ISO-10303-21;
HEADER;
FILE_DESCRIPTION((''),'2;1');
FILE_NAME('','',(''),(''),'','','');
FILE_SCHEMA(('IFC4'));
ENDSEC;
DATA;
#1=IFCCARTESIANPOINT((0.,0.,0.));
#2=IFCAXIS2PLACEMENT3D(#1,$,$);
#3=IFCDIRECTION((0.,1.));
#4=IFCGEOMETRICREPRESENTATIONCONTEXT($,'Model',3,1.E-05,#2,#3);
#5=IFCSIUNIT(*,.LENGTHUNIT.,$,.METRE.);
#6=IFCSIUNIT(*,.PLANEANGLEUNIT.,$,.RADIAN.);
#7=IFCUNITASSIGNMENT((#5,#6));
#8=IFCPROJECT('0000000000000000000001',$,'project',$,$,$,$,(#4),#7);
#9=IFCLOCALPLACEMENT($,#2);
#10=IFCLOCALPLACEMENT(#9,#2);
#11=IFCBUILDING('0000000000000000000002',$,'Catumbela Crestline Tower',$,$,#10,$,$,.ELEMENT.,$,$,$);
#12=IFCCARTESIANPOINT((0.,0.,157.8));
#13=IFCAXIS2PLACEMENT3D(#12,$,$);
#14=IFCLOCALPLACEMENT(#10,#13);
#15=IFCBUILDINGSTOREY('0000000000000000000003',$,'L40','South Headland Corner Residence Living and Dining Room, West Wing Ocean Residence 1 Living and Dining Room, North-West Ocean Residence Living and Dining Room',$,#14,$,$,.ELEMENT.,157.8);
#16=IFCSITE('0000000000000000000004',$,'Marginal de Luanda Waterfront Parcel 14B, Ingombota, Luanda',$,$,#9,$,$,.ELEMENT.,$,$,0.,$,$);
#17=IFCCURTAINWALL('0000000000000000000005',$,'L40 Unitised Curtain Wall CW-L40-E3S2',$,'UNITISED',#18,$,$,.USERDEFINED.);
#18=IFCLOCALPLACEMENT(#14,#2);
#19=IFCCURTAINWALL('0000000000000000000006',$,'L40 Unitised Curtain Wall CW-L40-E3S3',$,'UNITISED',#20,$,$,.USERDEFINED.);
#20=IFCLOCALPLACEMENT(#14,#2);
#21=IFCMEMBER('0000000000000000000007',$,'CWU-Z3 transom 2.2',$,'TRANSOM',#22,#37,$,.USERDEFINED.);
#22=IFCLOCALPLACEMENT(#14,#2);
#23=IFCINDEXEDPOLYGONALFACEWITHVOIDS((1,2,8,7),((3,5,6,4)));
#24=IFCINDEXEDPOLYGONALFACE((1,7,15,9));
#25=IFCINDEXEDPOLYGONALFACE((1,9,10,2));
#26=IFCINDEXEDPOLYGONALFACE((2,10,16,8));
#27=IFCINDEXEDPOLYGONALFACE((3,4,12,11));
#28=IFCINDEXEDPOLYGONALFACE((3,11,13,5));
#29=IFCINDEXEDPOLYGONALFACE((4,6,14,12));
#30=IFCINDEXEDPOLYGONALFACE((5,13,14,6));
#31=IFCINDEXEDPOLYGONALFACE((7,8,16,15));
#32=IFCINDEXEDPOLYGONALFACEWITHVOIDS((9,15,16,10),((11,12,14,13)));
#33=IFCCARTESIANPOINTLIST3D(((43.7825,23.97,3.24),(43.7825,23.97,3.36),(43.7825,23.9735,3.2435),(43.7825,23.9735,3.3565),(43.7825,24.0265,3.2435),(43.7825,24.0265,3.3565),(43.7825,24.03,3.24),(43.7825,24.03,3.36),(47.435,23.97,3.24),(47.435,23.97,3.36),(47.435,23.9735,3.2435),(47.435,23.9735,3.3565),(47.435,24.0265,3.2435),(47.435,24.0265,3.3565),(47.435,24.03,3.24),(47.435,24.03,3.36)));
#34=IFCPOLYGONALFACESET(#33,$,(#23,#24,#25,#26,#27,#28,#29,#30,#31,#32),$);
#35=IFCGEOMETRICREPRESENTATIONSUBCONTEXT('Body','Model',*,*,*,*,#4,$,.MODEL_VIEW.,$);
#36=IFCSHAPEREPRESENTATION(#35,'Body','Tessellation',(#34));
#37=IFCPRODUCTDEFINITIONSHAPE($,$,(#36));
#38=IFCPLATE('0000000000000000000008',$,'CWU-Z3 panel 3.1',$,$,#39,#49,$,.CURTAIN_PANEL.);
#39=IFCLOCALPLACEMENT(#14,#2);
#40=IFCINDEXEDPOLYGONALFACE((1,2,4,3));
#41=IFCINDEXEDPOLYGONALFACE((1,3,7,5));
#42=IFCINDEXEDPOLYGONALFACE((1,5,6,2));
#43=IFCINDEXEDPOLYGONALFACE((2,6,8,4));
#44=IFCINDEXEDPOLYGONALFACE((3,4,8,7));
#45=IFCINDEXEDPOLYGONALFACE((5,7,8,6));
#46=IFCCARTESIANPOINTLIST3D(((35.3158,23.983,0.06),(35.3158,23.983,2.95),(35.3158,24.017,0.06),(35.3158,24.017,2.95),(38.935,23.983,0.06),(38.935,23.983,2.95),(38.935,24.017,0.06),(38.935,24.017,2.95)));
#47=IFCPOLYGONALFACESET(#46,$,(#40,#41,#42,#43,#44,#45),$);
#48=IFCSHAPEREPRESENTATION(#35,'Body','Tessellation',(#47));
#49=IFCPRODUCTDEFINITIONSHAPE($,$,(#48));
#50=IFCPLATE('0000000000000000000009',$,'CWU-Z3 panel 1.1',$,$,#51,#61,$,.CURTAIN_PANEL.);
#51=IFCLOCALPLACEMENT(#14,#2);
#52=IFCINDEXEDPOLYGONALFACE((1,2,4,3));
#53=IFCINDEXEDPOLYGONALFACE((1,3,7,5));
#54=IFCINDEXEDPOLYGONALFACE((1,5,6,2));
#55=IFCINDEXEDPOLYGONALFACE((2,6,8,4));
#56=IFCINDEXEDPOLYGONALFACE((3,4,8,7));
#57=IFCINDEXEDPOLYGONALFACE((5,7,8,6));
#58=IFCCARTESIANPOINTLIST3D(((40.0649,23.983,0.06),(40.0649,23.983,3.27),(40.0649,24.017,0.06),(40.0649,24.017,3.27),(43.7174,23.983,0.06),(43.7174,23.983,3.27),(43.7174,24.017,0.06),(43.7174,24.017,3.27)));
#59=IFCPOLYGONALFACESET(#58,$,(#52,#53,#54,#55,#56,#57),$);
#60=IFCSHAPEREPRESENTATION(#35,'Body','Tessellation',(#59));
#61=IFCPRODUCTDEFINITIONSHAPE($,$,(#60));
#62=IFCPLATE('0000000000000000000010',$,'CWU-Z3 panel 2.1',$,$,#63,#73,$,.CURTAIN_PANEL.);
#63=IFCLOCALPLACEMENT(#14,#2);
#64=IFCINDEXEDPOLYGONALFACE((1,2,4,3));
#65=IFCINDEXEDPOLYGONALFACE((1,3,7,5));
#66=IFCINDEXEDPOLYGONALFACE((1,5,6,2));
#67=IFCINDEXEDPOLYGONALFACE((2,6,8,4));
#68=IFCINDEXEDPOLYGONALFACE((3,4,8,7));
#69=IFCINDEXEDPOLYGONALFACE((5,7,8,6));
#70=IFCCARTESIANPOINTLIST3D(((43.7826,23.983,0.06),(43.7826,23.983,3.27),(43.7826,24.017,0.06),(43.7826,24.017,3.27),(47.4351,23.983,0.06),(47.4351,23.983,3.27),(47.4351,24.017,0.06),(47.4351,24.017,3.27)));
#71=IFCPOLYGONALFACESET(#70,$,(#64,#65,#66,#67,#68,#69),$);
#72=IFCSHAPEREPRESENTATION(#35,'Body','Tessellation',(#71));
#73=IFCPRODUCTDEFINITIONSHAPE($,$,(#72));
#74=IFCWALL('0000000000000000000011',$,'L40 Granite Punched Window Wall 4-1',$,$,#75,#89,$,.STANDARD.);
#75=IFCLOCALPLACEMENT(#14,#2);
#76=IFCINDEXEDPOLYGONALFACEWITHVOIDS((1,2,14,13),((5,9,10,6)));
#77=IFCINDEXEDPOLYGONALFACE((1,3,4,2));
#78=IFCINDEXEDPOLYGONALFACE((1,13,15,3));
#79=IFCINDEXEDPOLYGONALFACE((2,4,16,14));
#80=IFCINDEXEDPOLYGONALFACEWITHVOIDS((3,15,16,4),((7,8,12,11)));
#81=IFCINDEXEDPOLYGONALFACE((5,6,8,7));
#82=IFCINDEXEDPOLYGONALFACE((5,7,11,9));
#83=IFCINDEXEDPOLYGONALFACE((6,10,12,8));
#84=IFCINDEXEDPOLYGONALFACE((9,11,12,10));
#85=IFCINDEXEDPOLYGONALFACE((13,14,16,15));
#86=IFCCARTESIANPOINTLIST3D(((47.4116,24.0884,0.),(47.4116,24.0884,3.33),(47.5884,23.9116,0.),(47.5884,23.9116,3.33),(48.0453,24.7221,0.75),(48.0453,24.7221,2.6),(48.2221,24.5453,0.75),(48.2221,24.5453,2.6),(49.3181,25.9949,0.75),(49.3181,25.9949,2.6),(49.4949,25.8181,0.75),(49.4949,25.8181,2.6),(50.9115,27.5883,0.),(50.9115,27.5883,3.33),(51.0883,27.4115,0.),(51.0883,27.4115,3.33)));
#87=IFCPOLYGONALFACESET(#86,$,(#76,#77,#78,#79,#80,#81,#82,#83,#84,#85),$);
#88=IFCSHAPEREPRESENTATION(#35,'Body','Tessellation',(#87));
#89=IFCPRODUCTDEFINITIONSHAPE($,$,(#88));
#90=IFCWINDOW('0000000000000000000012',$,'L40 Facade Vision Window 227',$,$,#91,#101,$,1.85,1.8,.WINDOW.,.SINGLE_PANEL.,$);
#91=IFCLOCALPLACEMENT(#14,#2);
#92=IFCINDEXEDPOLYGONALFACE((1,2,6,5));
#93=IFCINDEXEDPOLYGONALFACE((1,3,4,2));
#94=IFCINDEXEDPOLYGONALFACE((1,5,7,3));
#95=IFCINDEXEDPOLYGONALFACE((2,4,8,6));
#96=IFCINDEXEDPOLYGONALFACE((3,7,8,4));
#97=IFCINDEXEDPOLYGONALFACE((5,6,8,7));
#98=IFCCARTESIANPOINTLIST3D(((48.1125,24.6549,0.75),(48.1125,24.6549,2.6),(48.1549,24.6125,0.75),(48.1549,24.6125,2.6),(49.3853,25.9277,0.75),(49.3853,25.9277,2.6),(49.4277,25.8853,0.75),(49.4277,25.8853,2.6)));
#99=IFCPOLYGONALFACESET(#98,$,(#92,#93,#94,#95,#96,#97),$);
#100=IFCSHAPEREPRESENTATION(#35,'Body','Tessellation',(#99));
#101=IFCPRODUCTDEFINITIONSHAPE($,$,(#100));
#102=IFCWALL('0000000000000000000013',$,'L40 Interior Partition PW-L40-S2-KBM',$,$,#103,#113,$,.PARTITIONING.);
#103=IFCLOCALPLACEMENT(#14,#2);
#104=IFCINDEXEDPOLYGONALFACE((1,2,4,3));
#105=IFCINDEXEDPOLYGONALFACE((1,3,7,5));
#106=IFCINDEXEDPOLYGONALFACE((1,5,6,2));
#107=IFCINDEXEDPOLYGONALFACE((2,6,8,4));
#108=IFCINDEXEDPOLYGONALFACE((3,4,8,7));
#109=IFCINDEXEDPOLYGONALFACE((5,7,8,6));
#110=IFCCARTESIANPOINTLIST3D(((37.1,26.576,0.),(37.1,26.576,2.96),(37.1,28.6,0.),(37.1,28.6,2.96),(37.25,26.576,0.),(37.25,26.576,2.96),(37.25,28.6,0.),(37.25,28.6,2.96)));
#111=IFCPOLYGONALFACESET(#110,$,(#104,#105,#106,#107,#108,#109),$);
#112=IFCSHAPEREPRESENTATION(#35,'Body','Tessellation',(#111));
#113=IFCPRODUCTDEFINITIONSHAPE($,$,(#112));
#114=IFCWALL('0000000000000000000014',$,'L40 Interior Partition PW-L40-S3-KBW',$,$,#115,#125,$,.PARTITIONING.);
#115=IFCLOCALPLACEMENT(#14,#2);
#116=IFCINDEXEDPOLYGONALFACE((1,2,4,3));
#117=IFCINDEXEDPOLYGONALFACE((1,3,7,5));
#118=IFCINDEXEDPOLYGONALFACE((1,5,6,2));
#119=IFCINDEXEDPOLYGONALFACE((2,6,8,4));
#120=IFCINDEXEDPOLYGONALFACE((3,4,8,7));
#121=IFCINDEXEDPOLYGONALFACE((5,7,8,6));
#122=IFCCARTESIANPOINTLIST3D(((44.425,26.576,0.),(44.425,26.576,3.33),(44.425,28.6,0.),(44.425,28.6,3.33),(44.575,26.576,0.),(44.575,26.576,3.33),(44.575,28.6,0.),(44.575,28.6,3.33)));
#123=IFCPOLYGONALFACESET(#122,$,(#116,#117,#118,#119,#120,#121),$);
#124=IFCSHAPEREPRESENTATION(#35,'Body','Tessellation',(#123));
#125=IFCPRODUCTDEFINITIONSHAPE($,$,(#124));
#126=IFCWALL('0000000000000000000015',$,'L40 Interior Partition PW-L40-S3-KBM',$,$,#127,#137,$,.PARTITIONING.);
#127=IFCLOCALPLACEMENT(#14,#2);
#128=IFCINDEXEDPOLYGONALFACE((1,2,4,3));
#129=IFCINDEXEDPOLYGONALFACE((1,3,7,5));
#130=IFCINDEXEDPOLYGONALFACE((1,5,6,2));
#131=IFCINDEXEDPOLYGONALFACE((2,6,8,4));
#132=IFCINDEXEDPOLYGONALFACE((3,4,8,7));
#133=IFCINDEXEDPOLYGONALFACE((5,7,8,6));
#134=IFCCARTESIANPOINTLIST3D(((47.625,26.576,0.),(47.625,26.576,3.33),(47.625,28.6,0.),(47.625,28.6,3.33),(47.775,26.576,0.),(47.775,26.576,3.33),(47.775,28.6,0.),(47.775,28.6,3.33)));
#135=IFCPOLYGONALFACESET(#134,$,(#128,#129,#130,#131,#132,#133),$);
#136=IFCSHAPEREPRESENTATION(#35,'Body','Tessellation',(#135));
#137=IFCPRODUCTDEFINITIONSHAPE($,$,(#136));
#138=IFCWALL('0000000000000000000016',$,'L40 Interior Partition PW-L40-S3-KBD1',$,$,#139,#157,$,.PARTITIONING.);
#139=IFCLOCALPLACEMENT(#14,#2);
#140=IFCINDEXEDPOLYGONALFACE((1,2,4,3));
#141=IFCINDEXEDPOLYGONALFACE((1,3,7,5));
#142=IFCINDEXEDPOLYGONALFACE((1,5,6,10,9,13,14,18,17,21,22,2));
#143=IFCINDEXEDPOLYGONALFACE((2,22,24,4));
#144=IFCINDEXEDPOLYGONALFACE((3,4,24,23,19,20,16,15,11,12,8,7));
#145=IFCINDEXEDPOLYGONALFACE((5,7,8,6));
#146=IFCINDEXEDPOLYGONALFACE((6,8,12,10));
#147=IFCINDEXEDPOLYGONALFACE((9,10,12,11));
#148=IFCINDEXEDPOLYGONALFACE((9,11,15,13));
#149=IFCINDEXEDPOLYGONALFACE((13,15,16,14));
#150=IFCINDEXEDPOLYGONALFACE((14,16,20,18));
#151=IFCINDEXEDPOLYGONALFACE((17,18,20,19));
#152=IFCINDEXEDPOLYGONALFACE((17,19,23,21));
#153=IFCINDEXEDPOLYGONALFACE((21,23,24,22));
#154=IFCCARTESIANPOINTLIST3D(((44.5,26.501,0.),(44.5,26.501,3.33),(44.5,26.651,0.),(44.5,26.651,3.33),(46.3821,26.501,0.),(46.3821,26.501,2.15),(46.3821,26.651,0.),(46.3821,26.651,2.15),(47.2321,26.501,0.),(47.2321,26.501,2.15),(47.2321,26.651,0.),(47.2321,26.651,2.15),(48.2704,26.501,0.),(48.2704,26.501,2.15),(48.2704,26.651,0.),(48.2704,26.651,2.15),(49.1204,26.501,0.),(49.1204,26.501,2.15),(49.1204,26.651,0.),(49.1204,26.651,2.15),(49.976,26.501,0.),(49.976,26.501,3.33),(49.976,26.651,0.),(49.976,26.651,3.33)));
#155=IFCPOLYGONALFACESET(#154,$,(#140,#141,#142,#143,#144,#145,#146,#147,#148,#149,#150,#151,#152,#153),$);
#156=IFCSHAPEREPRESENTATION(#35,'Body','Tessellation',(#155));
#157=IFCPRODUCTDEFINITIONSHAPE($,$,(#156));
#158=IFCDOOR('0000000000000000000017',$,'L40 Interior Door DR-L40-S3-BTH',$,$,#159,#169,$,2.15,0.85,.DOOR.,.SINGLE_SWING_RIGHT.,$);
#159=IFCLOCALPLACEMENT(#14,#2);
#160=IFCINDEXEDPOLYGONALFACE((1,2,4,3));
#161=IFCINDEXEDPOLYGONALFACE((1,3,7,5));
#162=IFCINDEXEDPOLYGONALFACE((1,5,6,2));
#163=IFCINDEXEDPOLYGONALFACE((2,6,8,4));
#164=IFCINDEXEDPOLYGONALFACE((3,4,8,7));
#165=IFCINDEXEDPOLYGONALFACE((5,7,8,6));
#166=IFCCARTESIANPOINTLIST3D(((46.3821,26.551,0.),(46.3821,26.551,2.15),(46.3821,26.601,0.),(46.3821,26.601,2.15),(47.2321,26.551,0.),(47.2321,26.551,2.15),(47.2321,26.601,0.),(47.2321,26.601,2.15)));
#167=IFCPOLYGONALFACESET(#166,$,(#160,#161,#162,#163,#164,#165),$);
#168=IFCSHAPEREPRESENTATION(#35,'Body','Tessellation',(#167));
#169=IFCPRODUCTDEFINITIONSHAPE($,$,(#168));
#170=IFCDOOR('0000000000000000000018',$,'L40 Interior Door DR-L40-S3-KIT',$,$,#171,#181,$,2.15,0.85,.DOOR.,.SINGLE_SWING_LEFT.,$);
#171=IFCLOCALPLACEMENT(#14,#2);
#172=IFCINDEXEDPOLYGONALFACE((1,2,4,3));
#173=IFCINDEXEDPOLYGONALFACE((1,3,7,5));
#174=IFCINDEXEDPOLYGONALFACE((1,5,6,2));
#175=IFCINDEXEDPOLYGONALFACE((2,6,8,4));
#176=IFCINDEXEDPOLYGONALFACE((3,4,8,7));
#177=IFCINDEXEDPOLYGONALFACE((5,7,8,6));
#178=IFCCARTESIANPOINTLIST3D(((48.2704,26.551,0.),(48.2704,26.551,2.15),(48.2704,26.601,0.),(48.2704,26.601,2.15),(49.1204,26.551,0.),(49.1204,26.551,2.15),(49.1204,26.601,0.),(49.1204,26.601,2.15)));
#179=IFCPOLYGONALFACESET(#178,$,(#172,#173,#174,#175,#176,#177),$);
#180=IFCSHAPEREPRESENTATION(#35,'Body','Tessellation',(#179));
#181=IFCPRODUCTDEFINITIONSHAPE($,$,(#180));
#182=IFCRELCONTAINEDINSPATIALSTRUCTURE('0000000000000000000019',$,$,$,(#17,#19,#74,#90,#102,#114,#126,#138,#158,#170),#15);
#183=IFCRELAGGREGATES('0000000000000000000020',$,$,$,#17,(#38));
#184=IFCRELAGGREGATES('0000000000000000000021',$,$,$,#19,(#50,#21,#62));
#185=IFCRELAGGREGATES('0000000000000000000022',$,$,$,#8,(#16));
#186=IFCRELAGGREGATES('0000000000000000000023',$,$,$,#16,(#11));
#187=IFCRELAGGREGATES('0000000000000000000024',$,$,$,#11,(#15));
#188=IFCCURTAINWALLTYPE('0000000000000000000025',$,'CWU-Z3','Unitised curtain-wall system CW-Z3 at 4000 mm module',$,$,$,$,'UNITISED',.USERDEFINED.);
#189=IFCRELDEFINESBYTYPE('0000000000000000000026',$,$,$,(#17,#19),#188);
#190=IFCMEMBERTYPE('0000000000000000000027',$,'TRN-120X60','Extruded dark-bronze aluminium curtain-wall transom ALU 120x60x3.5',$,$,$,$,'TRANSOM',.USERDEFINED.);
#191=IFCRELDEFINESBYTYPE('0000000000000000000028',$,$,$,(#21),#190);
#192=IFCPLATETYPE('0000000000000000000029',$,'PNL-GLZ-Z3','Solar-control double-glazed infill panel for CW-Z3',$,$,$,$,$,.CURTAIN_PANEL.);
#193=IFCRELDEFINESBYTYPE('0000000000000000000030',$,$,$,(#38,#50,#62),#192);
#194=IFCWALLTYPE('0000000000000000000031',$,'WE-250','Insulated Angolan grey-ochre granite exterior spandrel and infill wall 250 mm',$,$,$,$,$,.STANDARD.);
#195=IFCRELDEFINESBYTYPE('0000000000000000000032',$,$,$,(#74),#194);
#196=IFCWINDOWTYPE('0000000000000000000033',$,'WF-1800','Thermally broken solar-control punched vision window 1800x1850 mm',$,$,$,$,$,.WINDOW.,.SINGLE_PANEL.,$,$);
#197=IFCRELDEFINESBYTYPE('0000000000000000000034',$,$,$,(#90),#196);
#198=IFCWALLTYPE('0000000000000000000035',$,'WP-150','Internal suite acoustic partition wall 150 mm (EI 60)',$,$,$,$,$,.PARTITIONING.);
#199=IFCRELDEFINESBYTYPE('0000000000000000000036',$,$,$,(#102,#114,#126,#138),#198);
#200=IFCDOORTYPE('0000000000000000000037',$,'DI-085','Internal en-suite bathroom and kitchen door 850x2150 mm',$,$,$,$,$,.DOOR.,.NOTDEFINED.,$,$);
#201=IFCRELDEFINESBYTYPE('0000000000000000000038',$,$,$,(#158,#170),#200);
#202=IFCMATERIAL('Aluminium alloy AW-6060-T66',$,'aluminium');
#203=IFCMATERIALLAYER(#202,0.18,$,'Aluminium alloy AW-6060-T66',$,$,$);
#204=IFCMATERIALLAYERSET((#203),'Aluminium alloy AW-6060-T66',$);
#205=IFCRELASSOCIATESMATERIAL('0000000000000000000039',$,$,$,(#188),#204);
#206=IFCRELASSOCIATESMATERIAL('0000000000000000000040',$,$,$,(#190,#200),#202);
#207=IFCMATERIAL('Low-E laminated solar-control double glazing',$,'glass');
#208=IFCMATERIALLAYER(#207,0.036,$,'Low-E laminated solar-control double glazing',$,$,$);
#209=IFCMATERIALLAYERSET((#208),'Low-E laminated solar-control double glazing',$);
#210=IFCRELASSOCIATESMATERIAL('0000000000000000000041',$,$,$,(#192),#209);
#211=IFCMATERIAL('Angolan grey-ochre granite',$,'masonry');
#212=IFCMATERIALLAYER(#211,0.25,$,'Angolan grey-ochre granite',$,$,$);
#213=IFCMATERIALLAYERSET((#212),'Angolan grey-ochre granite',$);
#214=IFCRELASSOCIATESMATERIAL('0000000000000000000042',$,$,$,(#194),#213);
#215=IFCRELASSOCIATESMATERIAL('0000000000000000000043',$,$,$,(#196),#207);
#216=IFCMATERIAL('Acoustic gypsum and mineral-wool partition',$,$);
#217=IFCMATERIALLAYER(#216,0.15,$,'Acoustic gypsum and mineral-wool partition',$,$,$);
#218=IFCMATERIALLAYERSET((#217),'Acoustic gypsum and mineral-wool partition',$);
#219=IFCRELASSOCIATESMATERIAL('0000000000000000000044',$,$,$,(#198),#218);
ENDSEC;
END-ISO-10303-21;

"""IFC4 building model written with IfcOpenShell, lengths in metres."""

from ifc_helpers import new_model, si_unit, direction, frame, frame_2d, origin, origin_2d, place, context, subcontext, project, spatial, rectangle, hollow_rectangle, extrude, material, layer, layer_set, material_profile, profile_set, type_object, element, fill, aggregate, save


model = new_model("IFC4")

# Units and contexts
model_context = context("Model", 3, precision=1e-05, world=origin(), true_north=direction((0.0, 1.0)))
body_context = subcontext(model_context, "Body", "Model", "MODEL_VIEW")
ifc_project = project(units=[si_unit("LENGTHUNIT", "METRE"), si_unit("PLANEANGLEUNIT", "RADIAN")], contexts=[model_context])

# Site, building, storey
site_placement = place(None, origin())
site = spatial("IfcSite", under=ifc_project, at=site_placement, Name="Marginal de Luanda Waterfront Parcel 14B, Ingombota, Luanda", CompositionType="ELEMENT", RefElevation=0.0)
building_placement = place(site_placement, origin())
building = spatial("IfcBuilding", under=site, at=building_placement, Name="Catumbela Crestline Tower", CompositionType="ELEMENT")
storey_placement = place(building_placement, frame((0.0, 0.0, 157.8)))
storey = spatial("IfcBuildingStorey", under=building, at=storey_placement, Name="L40", Description="South Headland Corner Residence Living and Dining Room, West Wing Ocean Residence 1 Living and Dining Room, North-West Ocean Residence Living and Dining Room", CompositionType="ELEMENT", Elevation=157.8)

# Curtain wall
ifc_material_1 = material(Name="Aluminium alloy AW-6060-T66", Category="aluminium")
ifc_layer_1 = layer(ifc_material_1, 0.18, Name="Aluminium alloy AW-6060-T66")
ifc_layer_set_1 = layer_set([ifc_layer_1], Name="Aluminium alloy AW-6060-T66")
curtain_wall_type = type_object("IfcCurtainWallType", Name="CWU-Z3", Description="Unitised curtain-wall system CW-Z3 at 4000 mm module", ElementType="UNITISED", PredefinedType="USERDEFINED", material=ifc_layer_set_1)
curtain_wall_1_placement = place(storey_placement, origin())
curtain_wall_1 = element("IfcCurtainWall", 1, at=curtain_wall_1_placement, inside=storey, type_object=curtain_wall_type, Name="L40 Unitised Curtain Wall CW-L40-E3S2", ObjectType="UNITISED", PredefinedType="USERDEFINED")

# Curtain wall, member
curtain_wall_2_placement = place(storey_placement, origin())
curtain_wall_2 = element("IfcCurtainWall", 2, at=curtain_wall_2_placement, inside=storey, type_object=curtain_wall_type, Name="L40 Unitised Curtain Wall CW-L40-E3S3", ObjectType="UNITISED", PredefinedType="USERDEFINED")
ifc_material_profile_1 = material_profile(ifc_material_1, hollow_rectangle(XDim=0.06, YDim=0.12, WallThickness=0.0035, at=origin_2d()), Name="ALU 120x60x3.5")
ifc_profile_set_1 = profile_set([ifc_material_profile_1], Name="Aluminium alloy AW-6060-T66")
member_type_1 = type_object("IfcMemberType", Name="TRN-120X60", Description="Extruded dark-bronze aluminium curtain-wall transom ALU 120x60x3.5", ElementType="TRANSOM", PredefinedType="USERDEFINED", material=ifc_profile_set_1)
member_1_placement = place(storey_placement, frame((43.7825, 24.0, 3.3), z_axis=(1.0, 0.0, 0.0), x_axis=(0.0, 1.0, 0.0)))
member_1 = element("IfcMember", 3, at=member_1_placement, type_object=member_type_1, Name="CWU-Z3 transom 2.2", ObjectType="TRANSOM", PredefinedType="USERDEFINED", context=body_context, shape_type="SweptSolid", body=[
    extrude(hollow_rectangle(XDim=0.06, YDim=0.12, WallThickness=0.0035, at=origin_2d()), origin(), (0.0, 0.0, 1.0), 3.6525),
])

# Plates
ifc_material_2 = material(Name="Low-E laminated solar-control double glazing", Category="glass")
ifc_layer_2 = layer(ifc_material_2, 0.036, Name="Low-E laminated solar-control double glazing")
ifc_layer_set_2 = layer_set([ifc_layer_2], Name="Low-E laminated solar-control double glazing")
plate_type = type_object("IfcPlateType", Name="PNL-GLZ-Z3", Description="Solar-control double-glazed infill panel for CW-Z3", PredefinedType="CURTAIN_PANEL", material=ifc_layer_set_2)
plate_1_placement = place(storey_placement, frame((37.1254, 24.0, 0.06), z_axis=(0.0, 0.0, 1.0), x_axis=(1.0, 0.0, 0.0)))
plate_1 = element("IfcPlate", 4, at=plate_1_placement, type_object=plate_type, Name="CWU-Z3 panel 3.1", PredefinedType="CURTAIN_PANEL", context=body_context, shape_type="SweptSolid", body=[
    extrude(rectangle(XDim=3.6192, YDim=0.034, at=origin_2d()), origin(), (0.0, 0.0, 1.0), 2.89),
])
aggregate(curtain_wall_1, [plate_1])
plate_2_placement = place(storey_placement, frame((41.8912, 24.0, 0.06), z_axis=(0.0, 0.0, 1.0), x_axis=(1.0, 0.0, 0.0)))
plate_2 = element("IfcPlate", 5, at=plate_2_placement, type_object=plate_type, Name="CWU-Z3 panel 1.1", PredefinedType="CURTAIN_PANEL", context=body_context, shape_type="SweptSolid", body=[
    extrude(rectangle(XDim=3.6525, YDim=0.034, at=origin_2d()), origin(), (0.0, 0.0, 1.0), 3.21),
])
plate_3_placement = place(storey_placement, frame((45.6088, 24.0, 0.06), z_axis=(0.0, 0.0, 1.0), x_axis=(1.0, 0.0, 0.0)))
plate_3 = element("IfcPlate", 6, at=plate_3_placement, type_object=plate_type, Name="CWU-Z3 panel 2.1", PredefinedType="CURTAIN_PANEL", context=body_context, shape_type="SweptSolid", body=[
    extrude(rectangle(XDim=3.6525, YDim=0.034, at=origin_2d()), origin(), (0.0, 0.0, 1.0), 3.21),
])
aggregate(curtain_wall_2, [plate_2, member_1, plate_3])

# Wall, opening, window
ifc_material_3 = material(Name="Angolan grey-ochre granite", Category="masonry")
ifc_layer_3 = layer(ifc_material_3, 0.25, Name="Angolan grey-ochre granite")
ifc_layer_set_3 = layer_set([ifc_layer_3], Name="Angolan grey-ochre granite")
wall_type_1 = type_object("IfcWallType", Name="WE-250", Description="Insulated Angolan grey-ochre granite exterior spandrel and infill wall 250 mm", PredefinedType="STANDARD", material=ifc_layer_set_3)
wall_1_placement = place(storey_placement, frame((47.5, 24.0, 0.0), z_axis=(0.0, 0.0, 1.0), x_axis=(0.707107, 0.707107, 0.0)))
wall_1 = element("IfcWall", 7, at=wall_1_placement, inside=storey, type_object=wall_type_1, Name="L40 Granite Punched Window Wall 4-1", PredefinedType="STANDARD", context=body_context, shape_type="SweptSolid", body=[
    extrude(rectangle(XDim=4.9497, YDim=0.25, at=frame_2d((2.4748, 0.0))), origin(), (0.0, 0.0, 1.0), 3.33),
])
opening_1_placement = place(wall_1_placement, frame((0.8962, 0.0, 0.75)))
opening_1 = element("IfcOpeningElement", 8, at=opening_1_placement, cuts=wall_1, PredefinedType="OPENING", context=body_context, shape_type="SweptSolid", body=[
    extrude(rectangle(XDim=1.8, YDim=1.85, at=frame_2d((0.9, 0.925))), frame((0.0, 0.135, 0.0), z_axis=(0.0, -1.0, 0.0), x_axis=(1.0, 0.0, 0.0)), (0.0, 0.0, 1.0), 0.27),
])
window_type = type_object("IfcWindowType", Name="WF-1800", Description="Thermally broken solar-control punched vision window 1800x1850 mm", PartitioningType="SINGLE_PANEL", PredefinedType="WINDOW", material=ifc_material_2)
window_placement = place(opening_1_placement, origin())
window = element("IfcWindow", 9, at=window_placement, inside=storey, type_object=window_type, Name="L40 Facade Vision Window 227", OverallHeight=1.85, OverallWidth=1.8, PartitioningType="SINGLE_PANEL", PredefinedType="WINDOW", context=body_context, shape_type="SweptSolid", body=[
    extrude(rectangle(XDim=1.8, YDim=1.85, at=frame_2d((0.9, 0.925))), frame((0.0, 0.03, 0.0), z_axis=(0.0, -1.0, 0.0), x_axis=(1.0, 0.0, 0.0)), (0.0, 0.0, 1.0), 0.06),
])
fill(opening_1, window)

# Walls
ifc_material_4 = material(Name="Acoustic gypsum and mineral-wool partition")
ifc_layer_4 = layer(ifc_material_4, 0.15, Name="Acoustic gypsum and mineral-wool partition")
ifc_layer_set_4 = layer_set([ifc_layer_4], Name="Acoustic gypsum and mineral-wool partition")
wall_type_2 = type_object("IfcWallType", Name="WP-150", Description="Internal suite acoustic partition wall 150 mm (EI 60)", PredefinedType="PARTITIONING", material=ifc_layer_set_4)
wall_2_placement = place(storey_placement, frame((37.175, 26.576, 0.0), z_axis=(0.0, 0.0, 1.0), x_axis=(0.0, 1.0, 0.0)))
element("IfcWall", 10, at=wall_2_placement, inside=storey, type_object=wall_type_2, Name="L40 Interior Partition PW-L40-S2-KBM", PredefinedType="PARTITIONING", context=body_context, shape_type="SweptSolid", body=[
    extrude(rectangle(XDim=2.024, YDim=0.15, at=frame_2d((1.012, 0.0))), origin(), (0.0, 0.0, 1.0), 2.96),
])
for number, where, z_axis, x_axis, name in (
    (11, (44.5, 26.576, 0.0), (0.0, 0.0, 1.0), (0.0, 1.0, 0.0), "L40 Interior Partition PW-L40-S3-KBW"),
    (12, (47.7, 26.576, 0.0), (0.0, 0.0, 1.0), (0.0, 1.0, 0.0), "L40 Interior Partition PW-L40-S3-KBM"),
):
    element("IfcWall", number, at=place(storey_placement, frame(where, z_axis=z_axis, x_axis=x_axis)), inside=storey, type_object=wall_type_2, Name=name, PredefinedType="PARTITIONING", context=body_context, shape_type="SweptSolid", body=[
        extrude(rectangle(XDim=2.024, YDim=0.15, at=frame_2d((1.012, 0.0))), origin(), (0.0, 0.0, 1.0), 3.33),
    ])

# Wall, openings, doors
wall_3_placement = place(storey_placement, frame((44.5, 26.576, 0.0), z_axis=(0.0, 0.0, 1.0), x_axis=(1.0, 0.0, 0.0)))
wall_3 = element("IfcWall", 13, at=wall_3_placement, inside=storey, type_object=wall_type_2, Name="L40 Interior Partition PW-L40-S3-KBD1", PredefinedType="PARTITIONING", context=body_context, shape_type="SweptSolid", body=[
    extrude(rectangle(XDim=5.476, YDim=0.15, at=frame_2d((2.738, 0.0))), origin(), (0.0, 0.0, 1.0), 3.33),
])
opening_2_placement = place(wall_3_placement, frame((1.8821, 0.0, 0.0)))
opening_2 = element("IfcOpeningElement", 14, at=opening_2_placement, cuts=wall_3, PredefinedType="OPENING", context=body_context, shape_type="SweptSolid", body=[
    extrude(rectangle(XDim=0.85, YDim=2.15, at=frame_2d((0.425, 1.075))), frame((0.0, 0.085, 0.0), z_axis=(0.0, -1.0, 0.0), x_axis=(1.0, 0.0, 0.0)), (0.0, 0.0, 1.0), 0.17),
])
opening_3_placement = place(wall_3_placement, frame((3.7704, 0.0, 0.0)))
opening_3 = element("IfcOpeningElement", 15, at=opening_3_placement, cuts=wall_3, PredefinedType="OPENING", context=body_context, shape_type="SweptSolid", body=[
    extrude(rectangle(XDim=0.85, YDim=2.15, at=frame_2d((0.425, 1.075))), frame((0.0, 0.085, 0.0), z_axis=(0.0, -1.0, 0.0), x_axis=(1.0, 0.0, 0.0)), (0.0, 0.0, 1.0), 0.17),
])
door_type = type_object("IfcDoorType", Name="DI-085", Description="Internal en-suite bathroom and kitchen door 850x2150 mm", OperationType="NOTDEFINED", PredefinedType="DOOR", material=ifc_material_1)
door_1_placement = place(opening_2_placement, origin())
door_1 = element("IfcDoor", 16, at=door_1_placement, inside=storey, type_object=door_type, Name="L40 Interior Door DR-L40-S3-BTH", OperationType="SINGLE_SWING_RIGHT", OverallHeight=2.15, OverallWidth=0.85, PredefinedType="DOOR", context=body_context, shape_type="SweptSolid", body=[
    extrude(rectangle(XDim=0.85, YDim=2.15, at=frame_2d((0.425, 1.075))), frame((0.0, 0.025, 0.0), z_axis=(0.0, -1.0, 0.0), x_axis=(1.0, 0.0, 0.0)), (0.0, 0.0, 1.0), 0.05),
])
fill(opening_2, door_1)
door_2_placement = place(opening_3_placement, origin())
door_2 = element("IfcDoor", 17, at=door_2_placement, inside=storey, type_object=door_type, Name="L40 Interior Door DR-L40-S3-KIT", OperationType="SINGLE_SWING_LEFT", OverallHeight=2.15, OverallWidth=0.85, PredefinedType="DOOR", context=body_context, shape_type="SweptSolid", body=[
    extrude(rectangle(XDim=0.85, YDim=2.15, at=frame_2d((0.425, 1.075))), frame((0.0, 0.025, 0.0), z_axis=(0.0, -1.0, 0.0), x_axis=(1.0, 0.0, 0.0)), (0.0, 0.0, 1.0), 0.05),
])
fill(opening_3, door_2)

save(model, "model.ifc")
